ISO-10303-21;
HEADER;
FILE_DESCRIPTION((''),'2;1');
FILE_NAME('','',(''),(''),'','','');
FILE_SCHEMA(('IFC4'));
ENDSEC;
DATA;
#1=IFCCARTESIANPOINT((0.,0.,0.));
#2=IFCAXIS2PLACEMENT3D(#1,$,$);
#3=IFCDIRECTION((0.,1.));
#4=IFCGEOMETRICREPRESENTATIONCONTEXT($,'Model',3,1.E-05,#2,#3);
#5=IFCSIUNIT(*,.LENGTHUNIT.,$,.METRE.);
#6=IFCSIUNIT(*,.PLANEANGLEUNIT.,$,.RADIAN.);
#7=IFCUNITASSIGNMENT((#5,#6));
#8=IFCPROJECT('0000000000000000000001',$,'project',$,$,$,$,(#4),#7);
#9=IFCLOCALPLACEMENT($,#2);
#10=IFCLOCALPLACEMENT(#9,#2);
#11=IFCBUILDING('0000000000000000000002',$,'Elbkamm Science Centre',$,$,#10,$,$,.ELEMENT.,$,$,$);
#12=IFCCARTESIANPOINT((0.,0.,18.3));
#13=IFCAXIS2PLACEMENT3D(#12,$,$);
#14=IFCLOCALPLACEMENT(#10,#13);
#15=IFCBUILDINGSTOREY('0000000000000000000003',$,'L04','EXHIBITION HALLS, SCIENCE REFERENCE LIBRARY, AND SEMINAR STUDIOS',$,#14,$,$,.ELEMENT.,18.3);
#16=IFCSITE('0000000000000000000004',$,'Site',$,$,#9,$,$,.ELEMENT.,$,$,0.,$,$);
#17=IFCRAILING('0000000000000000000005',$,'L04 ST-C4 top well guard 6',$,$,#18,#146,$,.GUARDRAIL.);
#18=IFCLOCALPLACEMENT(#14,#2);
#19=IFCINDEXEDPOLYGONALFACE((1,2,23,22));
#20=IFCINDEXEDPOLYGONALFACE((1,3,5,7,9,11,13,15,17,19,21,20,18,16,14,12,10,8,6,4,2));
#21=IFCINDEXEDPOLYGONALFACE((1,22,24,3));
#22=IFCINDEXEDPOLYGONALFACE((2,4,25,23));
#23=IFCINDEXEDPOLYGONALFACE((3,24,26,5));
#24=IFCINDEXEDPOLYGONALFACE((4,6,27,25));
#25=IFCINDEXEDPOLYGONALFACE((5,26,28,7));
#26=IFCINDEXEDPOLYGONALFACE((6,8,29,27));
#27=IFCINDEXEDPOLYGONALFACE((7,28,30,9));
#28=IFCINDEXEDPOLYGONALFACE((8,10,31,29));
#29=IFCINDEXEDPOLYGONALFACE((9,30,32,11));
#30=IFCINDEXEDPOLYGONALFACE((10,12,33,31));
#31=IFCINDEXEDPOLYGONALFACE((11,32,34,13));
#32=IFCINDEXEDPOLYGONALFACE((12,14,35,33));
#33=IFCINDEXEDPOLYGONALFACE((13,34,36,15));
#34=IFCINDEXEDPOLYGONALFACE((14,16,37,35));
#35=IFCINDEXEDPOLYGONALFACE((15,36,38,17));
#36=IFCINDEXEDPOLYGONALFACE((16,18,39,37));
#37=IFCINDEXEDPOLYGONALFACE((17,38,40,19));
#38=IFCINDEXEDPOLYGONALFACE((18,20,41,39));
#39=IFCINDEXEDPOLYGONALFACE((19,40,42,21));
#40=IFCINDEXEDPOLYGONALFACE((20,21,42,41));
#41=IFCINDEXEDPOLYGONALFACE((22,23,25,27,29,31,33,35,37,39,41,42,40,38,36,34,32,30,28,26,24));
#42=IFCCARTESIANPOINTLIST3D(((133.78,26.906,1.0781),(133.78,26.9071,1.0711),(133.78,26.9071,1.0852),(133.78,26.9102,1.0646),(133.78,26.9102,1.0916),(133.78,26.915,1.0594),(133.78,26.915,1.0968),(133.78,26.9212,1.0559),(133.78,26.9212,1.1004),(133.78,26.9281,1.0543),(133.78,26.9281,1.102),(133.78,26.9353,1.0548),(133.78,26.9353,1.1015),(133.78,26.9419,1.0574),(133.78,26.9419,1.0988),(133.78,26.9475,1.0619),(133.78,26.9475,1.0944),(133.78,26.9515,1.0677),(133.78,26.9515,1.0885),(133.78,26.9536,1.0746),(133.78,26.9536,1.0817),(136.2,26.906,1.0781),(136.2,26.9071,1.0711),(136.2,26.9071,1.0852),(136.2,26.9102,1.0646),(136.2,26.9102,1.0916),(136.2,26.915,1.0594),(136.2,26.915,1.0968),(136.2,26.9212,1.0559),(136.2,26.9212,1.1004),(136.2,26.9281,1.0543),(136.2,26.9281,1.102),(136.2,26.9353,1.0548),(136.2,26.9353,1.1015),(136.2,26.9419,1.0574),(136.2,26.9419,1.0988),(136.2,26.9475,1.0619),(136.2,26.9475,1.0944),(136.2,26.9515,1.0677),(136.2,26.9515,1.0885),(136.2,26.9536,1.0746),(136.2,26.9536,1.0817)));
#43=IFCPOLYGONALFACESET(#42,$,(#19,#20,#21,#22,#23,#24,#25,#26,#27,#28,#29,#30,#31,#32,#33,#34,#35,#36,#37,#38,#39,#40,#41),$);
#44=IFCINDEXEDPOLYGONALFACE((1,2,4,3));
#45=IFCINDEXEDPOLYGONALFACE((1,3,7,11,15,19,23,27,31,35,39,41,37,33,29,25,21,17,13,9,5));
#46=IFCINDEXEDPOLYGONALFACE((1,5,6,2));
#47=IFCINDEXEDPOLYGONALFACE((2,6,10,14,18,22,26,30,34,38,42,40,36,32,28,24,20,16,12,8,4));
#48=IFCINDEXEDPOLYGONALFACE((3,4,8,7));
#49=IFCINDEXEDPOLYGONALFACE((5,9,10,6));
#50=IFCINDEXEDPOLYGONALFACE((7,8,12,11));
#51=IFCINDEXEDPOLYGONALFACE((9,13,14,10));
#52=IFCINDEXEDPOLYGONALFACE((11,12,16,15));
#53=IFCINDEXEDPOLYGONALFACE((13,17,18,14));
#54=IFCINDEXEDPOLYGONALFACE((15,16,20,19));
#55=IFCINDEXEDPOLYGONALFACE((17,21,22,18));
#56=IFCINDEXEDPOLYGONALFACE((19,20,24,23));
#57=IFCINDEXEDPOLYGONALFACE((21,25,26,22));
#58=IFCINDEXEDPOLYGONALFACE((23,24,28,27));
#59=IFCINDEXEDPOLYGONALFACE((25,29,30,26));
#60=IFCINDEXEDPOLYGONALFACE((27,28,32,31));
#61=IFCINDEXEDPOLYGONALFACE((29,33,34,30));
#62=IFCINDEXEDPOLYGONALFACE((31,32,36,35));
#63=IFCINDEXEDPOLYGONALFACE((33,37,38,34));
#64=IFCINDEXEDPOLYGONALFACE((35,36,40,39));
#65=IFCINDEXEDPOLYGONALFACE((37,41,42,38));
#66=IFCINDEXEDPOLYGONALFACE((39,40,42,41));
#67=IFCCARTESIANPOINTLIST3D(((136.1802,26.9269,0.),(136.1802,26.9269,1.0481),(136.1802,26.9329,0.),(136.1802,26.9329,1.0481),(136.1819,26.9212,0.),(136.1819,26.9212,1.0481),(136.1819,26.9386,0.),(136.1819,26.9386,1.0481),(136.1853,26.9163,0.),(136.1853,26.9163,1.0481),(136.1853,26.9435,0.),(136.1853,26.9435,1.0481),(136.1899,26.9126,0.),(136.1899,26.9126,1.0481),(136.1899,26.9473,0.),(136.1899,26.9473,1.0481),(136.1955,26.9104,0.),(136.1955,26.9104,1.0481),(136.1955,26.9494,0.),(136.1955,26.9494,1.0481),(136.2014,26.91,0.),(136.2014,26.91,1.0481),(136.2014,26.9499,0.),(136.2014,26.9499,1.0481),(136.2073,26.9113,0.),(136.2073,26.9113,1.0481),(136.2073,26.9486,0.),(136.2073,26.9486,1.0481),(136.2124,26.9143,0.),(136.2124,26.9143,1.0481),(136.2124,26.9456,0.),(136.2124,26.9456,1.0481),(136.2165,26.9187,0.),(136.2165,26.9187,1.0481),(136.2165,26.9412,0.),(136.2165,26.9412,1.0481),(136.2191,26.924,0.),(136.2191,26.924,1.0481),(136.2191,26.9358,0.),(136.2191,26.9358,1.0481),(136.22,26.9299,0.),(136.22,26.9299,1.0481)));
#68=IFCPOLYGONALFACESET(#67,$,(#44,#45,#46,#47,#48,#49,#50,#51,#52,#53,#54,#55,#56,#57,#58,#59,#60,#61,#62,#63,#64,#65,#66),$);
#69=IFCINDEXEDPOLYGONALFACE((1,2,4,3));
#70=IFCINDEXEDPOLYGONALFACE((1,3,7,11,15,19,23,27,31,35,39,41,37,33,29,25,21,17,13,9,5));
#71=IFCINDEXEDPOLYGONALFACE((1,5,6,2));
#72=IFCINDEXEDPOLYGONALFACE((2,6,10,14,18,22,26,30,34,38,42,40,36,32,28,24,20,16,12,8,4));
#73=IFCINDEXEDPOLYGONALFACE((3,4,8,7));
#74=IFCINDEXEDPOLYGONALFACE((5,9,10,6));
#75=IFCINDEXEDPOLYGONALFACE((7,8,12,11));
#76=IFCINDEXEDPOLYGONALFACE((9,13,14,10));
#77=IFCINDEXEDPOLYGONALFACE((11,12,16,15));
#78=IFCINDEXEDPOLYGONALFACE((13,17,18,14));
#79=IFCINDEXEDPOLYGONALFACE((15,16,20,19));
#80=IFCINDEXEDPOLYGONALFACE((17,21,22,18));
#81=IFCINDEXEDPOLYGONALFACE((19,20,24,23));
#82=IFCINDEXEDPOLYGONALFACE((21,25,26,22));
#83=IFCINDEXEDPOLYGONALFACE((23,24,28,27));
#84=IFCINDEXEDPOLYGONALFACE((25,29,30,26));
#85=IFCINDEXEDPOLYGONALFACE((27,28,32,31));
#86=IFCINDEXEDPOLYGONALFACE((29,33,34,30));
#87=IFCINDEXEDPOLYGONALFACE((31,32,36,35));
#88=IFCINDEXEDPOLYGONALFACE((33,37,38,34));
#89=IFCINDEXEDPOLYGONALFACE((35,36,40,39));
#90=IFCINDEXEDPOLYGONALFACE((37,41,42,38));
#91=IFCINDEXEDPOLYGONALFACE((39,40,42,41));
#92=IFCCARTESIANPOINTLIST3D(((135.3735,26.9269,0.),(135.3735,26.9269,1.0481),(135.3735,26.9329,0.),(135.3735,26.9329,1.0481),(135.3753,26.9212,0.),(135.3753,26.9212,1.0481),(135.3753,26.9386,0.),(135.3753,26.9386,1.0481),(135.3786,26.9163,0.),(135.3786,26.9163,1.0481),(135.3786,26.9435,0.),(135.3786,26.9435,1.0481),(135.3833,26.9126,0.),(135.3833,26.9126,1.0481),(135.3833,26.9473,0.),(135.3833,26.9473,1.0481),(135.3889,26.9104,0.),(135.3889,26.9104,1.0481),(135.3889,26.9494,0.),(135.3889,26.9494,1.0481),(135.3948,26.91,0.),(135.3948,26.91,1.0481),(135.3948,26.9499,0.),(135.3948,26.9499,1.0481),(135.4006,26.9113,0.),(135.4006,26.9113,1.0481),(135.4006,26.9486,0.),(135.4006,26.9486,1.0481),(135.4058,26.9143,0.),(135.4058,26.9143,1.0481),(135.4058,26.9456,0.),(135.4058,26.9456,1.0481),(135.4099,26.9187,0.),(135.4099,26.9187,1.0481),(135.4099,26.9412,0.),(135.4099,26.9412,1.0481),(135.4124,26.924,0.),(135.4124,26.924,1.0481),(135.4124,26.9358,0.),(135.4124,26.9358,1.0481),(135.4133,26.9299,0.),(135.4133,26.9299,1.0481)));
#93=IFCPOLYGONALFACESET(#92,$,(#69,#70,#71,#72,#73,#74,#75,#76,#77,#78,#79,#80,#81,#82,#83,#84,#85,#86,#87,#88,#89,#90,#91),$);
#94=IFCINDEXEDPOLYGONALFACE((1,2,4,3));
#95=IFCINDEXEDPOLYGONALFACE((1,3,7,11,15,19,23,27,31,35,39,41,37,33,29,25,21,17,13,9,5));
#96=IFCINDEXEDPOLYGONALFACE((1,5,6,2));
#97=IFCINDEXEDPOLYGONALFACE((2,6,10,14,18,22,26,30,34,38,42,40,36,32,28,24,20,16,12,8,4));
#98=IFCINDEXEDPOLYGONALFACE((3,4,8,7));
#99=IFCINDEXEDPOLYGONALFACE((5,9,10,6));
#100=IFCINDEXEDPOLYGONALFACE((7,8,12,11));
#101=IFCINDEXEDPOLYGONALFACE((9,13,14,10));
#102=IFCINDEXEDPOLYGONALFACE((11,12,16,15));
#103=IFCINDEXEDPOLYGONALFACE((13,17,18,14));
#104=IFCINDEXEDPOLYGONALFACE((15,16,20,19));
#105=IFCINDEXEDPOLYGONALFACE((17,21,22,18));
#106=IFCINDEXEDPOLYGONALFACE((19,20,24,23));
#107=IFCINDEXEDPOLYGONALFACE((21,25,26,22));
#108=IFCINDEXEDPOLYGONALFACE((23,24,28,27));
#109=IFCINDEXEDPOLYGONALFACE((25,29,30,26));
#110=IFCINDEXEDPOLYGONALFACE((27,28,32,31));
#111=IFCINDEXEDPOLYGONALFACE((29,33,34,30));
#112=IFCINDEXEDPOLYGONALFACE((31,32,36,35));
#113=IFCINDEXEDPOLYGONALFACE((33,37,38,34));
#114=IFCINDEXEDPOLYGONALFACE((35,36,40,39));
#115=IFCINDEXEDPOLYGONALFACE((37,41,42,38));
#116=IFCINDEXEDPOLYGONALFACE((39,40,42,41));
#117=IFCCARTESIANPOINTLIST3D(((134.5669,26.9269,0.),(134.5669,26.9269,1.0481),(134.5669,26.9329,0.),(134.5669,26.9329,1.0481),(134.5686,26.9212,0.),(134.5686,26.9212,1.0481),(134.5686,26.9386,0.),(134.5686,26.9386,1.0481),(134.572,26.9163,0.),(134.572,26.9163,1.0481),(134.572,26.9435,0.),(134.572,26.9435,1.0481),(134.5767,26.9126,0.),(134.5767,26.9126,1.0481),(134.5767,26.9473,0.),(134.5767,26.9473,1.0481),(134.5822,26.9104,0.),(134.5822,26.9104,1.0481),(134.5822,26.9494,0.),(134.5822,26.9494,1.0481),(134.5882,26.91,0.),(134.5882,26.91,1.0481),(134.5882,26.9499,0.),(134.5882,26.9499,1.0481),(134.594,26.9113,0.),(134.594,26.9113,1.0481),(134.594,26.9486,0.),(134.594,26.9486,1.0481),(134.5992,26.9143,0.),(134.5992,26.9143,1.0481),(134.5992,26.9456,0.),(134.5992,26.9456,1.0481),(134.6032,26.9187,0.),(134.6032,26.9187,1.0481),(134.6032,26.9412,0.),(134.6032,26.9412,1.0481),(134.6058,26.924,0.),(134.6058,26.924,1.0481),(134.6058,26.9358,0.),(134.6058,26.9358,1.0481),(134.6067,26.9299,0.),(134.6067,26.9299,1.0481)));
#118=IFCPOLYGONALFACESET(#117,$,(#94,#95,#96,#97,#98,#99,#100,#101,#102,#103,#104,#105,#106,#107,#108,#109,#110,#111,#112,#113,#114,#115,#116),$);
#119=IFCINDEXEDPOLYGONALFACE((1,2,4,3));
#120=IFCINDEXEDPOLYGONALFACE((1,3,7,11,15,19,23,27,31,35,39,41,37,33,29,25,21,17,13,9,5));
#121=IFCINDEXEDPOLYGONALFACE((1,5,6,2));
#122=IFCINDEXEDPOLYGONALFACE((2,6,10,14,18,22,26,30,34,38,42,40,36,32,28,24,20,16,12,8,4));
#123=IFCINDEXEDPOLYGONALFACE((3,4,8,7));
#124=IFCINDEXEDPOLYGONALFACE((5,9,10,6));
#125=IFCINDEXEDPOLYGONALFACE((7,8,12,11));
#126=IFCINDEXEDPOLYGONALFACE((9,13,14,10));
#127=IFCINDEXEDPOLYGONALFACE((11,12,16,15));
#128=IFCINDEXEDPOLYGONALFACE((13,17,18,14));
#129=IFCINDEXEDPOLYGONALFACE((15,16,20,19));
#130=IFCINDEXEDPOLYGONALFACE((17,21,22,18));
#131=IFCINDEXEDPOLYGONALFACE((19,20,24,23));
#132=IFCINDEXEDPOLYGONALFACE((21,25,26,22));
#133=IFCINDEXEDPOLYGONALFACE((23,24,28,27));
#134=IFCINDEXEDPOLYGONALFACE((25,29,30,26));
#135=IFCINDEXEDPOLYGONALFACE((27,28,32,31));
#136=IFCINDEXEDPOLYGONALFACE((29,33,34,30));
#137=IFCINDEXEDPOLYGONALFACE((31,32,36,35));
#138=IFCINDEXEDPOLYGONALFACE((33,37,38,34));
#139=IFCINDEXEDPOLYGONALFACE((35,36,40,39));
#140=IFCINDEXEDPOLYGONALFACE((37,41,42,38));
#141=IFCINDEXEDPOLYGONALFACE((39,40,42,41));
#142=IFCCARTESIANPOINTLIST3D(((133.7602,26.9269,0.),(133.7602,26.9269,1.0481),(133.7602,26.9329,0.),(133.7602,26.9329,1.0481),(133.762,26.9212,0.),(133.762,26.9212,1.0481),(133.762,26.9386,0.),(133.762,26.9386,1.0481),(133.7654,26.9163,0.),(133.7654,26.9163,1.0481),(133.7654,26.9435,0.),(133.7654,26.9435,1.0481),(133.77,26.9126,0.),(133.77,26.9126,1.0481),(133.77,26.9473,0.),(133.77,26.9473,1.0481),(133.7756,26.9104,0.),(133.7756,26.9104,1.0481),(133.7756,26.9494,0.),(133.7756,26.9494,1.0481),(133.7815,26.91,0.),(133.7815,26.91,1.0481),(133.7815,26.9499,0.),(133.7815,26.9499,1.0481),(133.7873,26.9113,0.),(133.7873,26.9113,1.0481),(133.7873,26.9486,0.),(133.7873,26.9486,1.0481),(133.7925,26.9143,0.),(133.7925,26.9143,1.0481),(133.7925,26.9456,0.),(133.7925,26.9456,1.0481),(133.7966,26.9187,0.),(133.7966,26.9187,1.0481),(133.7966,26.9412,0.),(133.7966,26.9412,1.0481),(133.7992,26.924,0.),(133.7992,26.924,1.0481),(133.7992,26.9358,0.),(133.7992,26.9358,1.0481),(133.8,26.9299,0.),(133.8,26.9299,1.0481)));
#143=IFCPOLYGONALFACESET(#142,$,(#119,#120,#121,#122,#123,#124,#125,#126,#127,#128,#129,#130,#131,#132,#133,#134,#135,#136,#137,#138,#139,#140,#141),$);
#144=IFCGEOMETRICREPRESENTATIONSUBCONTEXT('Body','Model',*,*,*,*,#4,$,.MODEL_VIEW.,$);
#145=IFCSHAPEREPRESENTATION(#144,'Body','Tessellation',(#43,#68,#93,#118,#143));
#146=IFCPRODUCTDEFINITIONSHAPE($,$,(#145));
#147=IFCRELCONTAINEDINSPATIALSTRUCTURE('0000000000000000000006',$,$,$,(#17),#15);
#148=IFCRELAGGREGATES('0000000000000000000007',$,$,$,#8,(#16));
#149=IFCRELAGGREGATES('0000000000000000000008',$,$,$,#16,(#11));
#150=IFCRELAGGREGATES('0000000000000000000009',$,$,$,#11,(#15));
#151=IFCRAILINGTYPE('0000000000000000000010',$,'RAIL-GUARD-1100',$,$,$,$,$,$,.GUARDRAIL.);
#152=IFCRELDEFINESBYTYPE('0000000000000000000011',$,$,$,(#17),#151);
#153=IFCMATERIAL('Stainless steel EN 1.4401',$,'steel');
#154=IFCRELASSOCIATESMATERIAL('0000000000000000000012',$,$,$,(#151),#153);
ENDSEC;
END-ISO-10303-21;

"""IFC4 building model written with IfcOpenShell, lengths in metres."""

from ifc_helpers import new_model, si_unit, direction, frame, origin, origin_2d, place, context, subcontext, project, spatial, circle, extrude, material, type_object, element, save


model = new_model("IFC4")

# Units and contexts
model_context = context("Model", 3, precision=1e-05, world=origin(), true_north=direction((0.0, 1.0)))
body_context = subcontext(model_context, "Body", "Model", "MODEL_VIEW")
ifc_project = project(units=[si_unit("LENGTHUNIT", "METRE"), si_unit("PLANEANGLEUNIT", "RADIAN")], contexts=[model_context])

# Site, building, storey
site_placement = place(None, origin())
site = spatial("IfcSite", under=ifc_project, at=site_placement, Name="Site", CompositionType="ELEMENT", RefElevation=0.0)
building_placement = place(site_placement, origin())
building = spatial("IfcBuilding", under=site, at=building_placement, Name="Elbkamm Science Centre", CompositionType="ELEMENT")
storey_placement = place(building_placement, frame((0.0, 0.0, 18.3)))
storey = spatial("IfcBuildingStorey", under=building, at=storey_placement, Name="L04", Description="EXHIBITION HALLS, SCIENCE REFERENCE LIBRARY, AND SEMINAR STUDIOS", CompositionType="ELEMENT", Elevation=18.3)

# Railing
ifc_material_1 = material(Name="Stainless steel EN 1.4401", Category="steel")
railing_type = type_object("IfcRailingType", Name="RAIL-GUARD-1100", PredefinedType="GUARDRAIL", material=ifc_material_1)
for number, where, name in (
    (1, (136.2, 26.9299, 0.0), "L04 ST-C4 top well guard 6"),
):
    element("IfcRailing", number, at=place(storey_placement, frame(where)), inside=storey, type_object=railing_type, Name=name, PredefinedType="GUARDRAIL", context=body_context, shape_type="SweptSolid", body=[
        extrude(circle(Radius=0.0239, at=origin_2d()), frame((0.0, 0.0, 1.0781), z_axis=(-1.0, 0.0, 0.0), x_axis=(0.0, -1.0, 0.0)), (0.0, 0.0, 1.0), 2.4199),
        extrude(circle(Radius=0.02, at=origin_2d()), origin(), (0.0, 0.0, 1.0), 1.0481),
        extrude(circle(Radius=0.02, at=origin_2d()), frame((-0.8066, 0.0, 0.0)), (0.0, 0.0, 1.0), 1.0481),
        extrude(circle(Radius=0.02, at=origin_2d()), frame((-1.6133, 0.0, 0.0)), (0.0, 0.0, 1.0), 1.0481),
        extrude(circle(Radius=0.02, at=origin_2d()), frame((-2.4199, 0.0, 0.0)), (0.0, 0.0, 1.0), 1.0481),
    ])

save(model, "model.ifc")
